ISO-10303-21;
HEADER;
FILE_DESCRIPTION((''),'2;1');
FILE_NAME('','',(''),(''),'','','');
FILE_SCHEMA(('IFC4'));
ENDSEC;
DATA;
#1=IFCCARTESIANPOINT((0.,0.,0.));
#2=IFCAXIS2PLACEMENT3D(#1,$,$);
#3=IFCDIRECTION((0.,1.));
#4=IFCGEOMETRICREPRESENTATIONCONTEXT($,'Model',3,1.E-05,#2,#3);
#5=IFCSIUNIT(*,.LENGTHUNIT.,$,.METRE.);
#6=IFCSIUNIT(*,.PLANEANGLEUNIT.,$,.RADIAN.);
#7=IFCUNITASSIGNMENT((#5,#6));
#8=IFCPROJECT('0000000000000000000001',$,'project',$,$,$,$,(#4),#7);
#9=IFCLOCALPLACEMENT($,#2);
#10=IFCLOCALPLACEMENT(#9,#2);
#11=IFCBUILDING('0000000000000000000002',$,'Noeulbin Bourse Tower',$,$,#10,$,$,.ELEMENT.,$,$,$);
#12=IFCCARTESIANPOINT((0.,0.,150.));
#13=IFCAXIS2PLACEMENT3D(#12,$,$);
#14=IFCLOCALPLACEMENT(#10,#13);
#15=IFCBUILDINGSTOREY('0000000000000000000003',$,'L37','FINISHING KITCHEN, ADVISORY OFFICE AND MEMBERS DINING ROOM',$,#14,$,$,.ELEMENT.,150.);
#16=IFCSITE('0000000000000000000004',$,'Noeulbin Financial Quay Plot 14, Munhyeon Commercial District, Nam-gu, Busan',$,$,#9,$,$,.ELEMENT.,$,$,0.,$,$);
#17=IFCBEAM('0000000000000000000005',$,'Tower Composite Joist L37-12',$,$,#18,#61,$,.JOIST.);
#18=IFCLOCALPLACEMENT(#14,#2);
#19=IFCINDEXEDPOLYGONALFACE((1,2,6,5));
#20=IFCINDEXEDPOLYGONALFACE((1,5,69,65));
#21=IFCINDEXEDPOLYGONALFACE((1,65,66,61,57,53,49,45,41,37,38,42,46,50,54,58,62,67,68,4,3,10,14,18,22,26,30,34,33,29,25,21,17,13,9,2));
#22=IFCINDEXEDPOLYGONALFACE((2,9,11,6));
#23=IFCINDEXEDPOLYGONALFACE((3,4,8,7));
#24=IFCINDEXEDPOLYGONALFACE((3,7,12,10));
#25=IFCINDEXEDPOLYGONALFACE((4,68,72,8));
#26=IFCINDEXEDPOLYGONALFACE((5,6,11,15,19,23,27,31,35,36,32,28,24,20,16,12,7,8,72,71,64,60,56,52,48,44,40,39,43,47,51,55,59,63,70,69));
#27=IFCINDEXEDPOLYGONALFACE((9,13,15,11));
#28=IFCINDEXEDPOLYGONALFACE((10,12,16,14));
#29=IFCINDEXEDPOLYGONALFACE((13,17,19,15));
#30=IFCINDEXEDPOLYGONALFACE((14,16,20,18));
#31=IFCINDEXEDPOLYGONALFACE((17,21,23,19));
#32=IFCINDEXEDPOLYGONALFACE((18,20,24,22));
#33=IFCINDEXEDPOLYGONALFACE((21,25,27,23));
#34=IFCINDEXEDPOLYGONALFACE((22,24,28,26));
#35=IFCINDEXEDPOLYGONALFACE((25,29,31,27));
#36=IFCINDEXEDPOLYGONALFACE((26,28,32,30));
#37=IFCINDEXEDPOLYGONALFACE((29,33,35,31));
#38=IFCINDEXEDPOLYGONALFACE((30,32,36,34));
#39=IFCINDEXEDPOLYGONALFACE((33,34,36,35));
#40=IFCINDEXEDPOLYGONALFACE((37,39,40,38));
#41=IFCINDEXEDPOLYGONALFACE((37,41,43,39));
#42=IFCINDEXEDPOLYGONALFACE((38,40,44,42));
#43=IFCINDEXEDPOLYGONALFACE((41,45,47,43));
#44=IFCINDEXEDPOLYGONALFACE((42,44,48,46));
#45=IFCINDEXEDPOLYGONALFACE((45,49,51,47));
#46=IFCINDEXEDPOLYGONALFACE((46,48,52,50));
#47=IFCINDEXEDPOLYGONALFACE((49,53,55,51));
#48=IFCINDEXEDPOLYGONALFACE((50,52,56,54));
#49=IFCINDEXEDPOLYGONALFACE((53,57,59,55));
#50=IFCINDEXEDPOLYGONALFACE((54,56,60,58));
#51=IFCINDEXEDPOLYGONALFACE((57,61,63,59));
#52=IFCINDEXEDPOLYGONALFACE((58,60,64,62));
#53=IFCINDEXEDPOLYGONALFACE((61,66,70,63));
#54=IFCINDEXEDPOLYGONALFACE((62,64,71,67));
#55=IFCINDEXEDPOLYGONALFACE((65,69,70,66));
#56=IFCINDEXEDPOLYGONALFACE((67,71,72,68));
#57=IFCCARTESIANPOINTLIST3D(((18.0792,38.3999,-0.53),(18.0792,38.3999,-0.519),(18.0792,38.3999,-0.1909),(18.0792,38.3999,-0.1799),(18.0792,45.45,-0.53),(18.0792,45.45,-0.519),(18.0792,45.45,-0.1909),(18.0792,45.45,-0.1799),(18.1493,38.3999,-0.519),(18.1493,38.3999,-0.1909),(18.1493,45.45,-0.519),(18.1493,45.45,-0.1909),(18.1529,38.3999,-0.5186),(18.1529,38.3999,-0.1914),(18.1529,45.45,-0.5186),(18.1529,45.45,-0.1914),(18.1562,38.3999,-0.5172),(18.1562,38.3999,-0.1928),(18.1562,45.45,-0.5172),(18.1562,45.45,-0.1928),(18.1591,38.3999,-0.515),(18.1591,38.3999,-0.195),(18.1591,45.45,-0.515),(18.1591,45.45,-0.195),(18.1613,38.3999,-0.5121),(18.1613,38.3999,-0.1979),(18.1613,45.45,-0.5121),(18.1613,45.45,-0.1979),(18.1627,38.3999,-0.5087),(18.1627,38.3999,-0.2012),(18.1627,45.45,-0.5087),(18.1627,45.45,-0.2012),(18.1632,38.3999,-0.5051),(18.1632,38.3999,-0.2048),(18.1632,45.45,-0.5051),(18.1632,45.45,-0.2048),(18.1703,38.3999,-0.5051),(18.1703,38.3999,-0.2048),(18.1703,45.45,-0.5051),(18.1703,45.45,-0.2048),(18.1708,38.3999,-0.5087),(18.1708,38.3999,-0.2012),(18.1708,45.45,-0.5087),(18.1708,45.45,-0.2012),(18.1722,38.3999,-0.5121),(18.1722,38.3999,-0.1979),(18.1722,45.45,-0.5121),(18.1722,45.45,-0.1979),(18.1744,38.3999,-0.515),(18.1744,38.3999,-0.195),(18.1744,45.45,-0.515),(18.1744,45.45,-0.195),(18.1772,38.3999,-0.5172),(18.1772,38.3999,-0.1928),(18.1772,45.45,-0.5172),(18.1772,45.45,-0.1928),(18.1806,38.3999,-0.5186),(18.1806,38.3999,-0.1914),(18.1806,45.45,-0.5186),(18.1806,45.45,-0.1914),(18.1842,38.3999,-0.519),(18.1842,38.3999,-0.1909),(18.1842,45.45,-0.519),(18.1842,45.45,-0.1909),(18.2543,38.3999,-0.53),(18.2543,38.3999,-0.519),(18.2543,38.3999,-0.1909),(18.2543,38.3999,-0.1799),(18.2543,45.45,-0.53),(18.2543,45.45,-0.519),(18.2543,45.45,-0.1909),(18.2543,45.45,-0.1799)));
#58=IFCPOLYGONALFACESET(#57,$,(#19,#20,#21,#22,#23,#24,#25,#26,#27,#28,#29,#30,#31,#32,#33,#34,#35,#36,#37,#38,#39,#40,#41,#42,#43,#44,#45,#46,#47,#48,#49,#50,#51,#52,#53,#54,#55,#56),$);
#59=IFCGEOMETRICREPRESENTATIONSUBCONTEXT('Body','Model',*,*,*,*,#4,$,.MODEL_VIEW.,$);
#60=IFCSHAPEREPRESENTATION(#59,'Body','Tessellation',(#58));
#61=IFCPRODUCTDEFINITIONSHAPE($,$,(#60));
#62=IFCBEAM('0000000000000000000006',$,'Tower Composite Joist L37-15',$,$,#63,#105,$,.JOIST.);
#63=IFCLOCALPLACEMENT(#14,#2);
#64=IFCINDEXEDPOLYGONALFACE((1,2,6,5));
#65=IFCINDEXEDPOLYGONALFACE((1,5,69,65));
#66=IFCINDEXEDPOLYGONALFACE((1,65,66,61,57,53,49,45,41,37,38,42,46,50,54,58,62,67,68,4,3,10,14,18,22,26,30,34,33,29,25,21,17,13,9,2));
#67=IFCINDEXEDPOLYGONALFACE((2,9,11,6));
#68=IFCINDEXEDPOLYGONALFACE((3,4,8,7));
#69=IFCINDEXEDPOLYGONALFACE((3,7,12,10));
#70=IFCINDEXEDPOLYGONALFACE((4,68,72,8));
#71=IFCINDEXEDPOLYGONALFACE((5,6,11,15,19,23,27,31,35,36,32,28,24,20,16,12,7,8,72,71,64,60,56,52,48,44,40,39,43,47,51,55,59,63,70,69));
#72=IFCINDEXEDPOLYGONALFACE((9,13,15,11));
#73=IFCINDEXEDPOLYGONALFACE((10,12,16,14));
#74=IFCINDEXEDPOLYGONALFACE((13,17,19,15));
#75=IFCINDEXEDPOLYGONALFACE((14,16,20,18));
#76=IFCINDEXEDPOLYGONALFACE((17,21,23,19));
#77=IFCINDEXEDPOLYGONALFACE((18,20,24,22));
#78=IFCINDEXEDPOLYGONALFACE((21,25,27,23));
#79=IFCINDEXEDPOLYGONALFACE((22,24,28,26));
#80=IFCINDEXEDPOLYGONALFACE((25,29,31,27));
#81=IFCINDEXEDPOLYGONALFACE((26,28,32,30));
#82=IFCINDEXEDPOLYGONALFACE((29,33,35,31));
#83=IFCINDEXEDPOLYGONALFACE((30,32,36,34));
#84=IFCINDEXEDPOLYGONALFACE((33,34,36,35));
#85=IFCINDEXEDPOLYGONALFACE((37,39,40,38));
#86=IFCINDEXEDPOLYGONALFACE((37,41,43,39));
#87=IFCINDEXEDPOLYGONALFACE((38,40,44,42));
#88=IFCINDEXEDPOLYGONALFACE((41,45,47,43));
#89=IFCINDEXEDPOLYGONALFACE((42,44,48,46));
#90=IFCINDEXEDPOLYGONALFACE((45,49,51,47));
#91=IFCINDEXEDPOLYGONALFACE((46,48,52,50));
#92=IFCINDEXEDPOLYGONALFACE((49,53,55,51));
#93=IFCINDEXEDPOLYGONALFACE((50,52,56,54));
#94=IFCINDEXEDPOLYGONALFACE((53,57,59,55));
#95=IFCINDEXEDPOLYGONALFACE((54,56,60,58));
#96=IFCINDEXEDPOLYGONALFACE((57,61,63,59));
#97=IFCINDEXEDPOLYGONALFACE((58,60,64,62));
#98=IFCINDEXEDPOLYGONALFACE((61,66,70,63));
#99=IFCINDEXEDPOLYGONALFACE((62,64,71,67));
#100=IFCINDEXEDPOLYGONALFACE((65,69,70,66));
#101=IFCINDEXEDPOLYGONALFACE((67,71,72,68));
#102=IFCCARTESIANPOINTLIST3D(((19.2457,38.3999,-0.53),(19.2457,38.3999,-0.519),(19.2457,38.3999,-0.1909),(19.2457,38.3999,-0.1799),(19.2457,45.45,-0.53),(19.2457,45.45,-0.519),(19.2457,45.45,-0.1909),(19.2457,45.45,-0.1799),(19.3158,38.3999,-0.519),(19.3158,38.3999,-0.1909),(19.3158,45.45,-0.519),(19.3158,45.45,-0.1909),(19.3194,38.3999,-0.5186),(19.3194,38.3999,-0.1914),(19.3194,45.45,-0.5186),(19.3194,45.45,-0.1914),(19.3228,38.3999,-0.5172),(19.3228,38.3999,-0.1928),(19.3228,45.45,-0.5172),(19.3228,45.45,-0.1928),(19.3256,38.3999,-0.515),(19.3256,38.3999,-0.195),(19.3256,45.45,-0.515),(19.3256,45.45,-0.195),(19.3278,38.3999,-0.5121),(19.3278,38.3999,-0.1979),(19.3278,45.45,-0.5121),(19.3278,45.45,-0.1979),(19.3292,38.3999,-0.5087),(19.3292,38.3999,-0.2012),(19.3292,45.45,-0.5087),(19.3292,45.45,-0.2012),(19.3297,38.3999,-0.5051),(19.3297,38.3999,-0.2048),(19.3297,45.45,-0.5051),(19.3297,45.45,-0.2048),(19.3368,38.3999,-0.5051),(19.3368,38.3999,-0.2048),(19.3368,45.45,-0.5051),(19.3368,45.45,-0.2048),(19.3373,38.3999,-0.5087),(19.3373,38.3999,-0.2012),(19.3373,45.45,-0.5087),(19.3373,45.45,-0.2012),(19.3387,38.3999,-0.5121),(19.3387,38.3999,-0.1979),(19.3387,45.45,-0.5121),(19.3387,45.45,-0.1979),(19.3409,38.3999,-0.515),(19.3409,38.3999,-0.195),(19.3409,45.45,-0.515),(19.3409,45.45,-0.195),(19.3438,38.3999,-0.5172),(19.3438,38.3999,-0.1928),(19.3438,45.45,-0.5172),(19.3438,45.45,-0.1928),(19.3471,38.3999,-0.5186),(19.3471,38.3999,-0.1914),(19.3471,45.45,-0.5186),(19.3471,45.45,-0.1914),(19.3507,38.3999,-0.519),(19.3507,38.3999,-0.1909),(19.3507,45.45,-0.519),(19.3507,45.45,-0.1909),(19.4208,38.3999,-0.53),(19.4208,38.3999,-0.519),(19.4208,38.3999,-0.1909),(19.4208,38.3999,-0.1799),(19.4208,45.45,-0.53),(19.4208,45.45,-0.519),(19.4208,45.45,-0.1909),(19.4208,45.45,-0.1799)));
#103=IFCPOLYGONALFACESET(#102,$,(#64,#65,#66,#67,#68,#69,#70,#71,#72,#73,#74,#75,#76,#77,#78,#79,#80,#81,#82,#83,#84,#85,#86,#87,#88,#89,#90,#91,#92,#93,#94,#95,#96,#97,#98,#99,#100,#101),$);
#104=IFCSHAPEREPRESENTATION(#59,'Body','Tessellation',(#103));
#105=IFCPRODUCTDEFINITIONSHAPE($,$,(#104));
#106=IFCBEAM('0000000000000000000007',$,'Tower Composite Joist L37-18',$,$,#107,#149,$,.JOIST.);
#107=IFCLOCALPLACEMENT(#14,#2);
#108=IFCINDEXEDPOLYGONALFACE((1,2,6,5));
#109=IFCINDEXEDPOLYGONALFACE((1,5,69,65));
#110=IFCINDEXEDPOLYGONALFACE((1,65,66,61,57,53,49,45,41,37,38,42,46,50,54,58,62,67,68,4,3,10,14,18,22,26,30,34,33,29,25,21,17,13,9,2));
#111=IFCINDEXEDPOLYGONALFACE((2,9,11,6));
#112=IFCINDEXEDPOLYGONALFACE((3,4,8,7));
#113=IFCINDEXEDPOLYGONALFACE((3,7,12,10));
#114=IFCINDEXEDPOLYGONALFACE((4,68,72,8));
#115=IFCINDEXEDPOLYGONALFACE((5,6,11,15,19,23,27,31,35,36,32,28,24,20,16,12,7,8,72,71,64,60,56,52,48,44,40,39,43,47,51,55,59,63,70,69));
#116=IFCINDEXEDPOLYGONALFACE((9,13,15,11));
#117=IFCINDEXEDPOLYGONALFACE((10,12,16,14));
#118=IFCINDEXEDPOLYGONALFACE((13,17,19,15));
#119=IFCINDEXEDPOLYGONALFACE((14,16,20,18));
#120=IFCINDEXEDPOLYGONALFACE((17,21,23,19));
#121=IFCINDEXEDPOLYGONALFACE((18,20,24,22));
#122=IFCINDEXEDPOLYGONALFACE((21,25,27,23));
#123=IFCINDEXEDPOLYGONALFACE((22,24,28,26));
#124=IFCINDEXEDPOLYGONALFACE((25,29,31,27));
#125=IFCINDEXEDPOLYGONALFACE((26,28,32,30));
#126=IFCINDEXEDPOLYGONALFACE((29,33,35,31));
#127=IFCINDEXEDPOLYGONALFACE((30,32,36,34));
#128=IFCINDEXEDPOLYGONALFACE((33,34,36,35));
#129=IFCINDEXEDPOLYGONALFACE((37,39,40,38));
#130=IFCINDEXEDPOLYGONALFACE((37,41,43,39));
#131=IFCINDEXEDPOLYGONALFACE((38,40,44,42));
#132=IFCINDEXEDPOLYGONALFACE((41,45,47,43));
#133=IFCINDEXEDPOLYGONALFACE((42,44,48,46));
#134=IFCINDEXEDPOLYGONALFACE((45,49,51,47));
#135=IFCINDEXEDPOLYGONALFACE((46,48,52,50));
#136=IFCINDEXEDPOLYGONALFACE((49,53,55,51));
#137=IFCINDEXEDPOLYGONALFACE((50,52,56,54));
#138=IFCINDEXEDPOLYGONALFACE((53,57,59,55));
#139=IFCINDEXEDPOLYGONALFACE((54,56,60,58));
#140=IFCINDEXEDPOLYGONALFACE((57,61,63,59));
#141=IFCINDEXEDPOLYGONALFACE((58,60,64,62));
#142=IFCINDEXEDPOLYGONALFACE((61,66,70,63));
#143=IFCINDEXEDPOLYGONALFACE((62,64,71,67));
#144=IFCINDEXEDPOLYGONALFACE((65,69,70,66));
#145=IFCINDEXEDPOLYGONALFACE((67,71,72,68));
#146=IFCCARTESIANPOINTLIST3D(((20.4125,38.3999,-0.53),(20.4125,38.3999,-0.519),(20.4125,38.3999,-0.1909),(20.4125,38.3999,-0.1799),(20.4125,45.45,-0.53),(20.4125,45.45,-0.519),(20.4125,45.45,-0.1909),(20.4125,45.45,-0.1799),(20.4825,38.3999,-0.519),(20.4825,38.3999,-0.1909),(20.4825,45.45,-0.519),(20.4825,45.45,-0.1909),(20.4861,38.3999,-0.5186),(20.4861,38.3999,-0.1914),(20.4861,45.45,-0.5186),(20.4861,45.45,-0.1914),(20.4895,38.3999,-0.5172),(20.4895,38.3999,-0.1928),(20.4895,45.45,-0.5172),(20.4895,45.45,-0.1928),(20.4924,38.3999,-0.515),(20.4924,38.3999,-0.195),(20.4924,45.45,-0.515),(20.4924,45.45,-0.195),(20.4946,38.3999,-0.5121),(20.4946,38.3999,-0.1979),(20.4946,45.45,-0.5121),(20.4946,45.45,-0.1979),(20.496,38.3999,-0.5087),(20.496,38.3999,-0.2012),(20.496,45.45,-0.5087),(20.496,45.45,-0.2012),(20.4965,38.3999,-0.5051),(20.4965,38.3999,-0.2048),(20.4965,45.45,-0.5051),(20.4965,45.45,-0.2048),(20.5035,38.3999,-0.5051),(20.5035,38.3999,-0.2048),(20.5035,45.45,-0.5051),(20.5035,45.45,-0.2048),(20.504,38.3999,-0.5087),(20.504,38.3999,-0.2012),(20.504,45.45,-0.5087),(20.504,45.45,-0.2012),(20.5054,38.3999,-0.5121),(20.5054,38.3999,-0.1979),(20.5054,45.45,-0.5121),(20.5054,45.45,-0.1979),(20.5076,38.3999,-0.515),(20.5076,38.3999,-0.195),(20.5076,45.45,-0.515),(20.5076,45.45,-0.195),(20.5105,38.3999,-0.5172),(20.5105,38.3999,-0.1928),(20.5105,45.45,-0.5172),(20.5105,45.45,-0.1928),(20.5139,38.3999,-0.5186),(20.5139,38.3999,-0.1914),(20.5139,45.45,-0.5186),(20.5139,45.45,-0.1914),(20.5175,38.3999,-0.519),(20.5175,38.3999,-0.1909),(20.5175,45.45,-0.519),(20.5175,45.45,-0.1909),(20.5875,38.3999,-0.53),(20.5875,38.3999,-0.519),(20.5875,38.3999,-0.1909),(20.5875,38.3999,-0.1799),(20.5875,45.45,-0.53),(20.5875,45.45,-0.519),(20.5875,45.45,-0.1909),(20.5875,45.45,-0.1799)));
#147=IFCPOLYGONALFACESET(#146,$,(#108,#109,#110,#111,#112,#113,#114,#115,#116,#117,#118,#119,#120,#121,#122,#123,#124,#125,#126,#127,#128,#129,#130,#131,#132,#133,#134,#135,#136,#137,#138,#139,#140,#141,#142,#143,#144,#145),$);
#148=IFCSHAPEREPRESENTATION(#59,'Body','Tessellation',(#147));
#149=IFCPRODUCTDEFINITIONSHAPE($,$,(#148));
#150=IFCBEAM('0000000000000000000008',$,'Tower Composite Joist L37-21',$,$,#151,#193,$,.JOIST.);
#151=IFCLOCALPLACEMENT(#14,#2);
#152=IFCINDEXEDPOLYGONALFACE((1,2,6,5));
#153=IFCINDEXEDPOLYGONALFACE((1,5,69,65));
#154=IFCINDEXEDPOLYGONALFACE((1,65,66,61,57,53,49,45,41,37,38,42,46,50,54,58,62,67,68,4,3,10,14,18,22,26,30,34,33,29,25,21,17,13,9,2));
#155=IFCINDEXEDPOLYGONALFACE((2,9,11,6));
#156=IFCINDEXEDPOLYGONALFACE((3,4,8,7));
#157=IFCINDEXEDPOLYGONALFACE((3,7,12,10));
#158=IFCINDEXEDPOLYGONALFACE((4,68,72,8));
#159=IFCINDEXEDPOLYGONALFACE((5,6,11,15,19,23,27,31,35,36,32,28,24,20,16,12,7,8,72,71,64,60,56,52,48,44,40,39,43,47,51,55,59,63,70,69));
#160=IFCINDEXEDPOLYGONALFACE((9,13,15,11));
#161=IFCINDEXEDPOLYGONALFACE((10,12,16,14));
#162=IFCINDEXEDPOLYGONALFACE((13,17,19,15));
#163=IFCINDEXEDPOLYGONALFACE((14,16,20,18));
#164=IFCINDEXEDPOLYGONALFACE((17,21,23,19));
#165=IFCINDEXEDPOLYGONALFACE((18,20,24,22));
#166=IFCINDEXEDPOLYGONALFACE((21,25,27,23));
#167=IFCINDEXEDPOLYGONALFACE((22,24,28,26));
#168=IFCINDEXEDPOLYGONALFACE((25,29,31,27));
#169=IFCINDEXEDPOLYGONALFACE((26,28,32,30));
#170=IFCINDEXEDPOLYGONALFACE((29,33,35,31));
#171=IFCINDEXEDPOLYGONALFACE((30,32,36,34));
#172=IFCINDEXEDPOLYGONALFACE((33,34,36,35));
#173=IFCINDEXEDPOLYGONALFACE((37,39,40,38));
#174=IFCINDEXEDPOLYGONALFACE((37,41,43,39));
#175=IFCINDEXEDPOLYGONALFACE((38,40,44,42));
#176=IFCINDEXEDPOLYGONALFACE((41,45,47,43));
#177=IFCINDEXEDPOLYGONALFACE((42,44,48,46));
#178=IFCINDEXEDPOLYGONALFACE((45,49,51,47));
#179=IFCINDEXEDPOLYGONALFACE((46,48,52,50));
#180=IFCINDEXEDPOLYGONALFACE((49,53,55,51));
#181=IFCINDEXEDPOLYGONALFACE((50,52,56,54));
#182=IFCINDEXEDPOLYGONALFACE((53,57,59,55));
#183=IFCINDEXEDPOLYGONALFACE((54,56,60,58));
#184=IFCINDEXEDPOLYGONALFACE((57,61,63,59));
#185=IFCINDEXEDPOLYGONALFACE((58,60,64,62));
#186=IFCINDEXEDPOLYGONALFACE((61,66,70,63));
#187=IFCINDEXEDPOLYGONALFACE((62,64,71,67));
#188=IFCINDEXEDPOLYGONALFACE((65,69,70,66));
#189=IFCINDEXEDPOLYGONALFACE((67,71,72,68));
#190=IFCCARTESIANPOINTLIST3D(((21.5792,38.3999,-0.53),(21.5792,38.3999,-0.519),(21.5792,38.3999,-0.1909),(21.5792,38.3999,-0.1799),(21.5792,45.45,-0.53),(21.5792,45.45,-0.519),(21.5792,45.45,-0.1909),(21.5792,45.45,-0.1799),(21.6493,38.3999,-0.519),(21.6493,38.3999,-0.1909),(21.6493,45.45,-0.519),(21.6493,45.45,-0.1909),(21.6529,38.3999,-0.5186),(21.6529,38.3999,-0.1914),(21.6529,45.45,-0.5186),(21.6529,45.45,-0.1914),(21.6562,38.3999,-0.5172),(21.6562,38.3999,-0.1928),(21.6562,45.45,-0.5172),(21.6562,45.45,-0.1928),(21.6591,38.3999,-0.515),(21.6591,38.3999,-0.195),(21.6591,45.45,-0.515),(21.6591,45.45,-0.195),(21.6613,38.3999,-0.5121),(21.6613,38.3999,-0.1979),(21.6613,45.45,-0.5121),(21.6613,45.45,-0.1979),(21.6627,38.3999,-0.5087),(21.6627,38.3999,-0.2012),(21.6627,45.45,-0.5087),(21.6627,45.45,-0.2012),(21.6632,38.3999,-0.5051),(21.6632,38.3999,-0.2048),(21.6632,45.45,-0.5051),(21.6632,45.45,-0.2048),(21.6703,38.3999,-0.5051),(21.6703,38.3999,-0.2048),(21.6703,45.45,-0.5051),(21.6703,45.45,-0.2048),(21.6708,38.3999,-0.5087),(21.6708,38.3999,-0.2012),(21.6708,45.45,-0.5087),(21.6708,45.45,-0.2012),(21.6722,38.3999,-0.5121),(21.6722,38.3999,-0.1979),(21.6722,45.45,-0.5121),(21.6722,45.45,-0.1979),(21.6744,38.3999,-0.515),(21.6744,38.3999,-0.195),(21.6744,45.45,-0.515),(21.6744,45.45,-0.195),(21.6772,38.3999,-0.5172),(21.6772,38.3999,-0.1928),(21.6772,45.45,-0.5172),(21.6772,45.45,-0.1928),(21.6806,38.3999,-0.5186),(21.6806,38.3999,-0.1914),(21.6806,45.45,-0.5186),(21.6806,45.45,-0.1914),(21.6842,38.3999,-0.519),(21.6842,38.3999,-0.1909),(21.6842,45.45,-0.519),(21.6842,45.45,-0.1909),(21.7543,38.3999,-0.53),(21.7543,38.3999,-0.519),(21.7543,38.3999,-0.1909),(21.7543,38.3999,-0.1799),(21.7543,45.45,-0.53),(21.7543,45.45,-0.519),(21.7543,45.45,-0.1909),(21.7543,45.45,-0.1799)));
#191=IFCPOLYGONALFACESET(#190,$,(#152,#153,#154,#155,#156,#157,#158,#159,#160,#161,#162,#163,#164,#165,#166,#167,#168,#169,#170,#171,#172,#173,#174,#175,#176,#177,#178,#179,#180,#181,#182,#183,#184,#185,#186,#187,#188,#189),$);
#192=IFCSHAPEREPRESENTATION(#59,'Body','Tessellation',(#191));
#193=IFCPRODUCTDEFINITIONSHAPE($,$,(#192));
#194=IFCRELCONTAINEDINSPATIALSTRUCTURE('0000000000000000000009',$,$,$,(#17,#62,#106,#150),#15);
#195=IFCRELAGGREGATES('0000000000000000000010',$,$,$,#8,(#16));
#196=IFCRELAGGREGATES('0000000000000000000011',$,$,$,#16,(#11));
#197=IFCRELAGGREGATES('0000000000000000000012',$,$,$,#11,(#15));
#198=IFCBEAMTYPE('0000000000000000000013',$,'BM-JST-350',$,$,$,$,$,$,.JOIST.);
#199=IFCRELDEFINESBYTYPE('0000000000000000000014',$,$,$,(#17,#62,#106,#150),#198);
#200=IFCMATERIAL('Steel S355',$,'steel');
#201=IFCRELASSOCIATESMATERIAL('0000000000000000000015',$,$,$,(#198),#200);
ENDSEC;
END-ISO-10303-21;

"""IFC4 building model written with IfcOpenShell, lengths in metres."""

from ifc_helpers import new_model, si_unit, direction, frame, origin, origin_2d, place, context, subcontext, project, spatial, i_section, extrude, material, material_profile, profile_set, type_object, element, save


model = new_model("IFC4")

# Units and contexts
model_context = context("Model", 3, precision=1e-05, world=origin(), true_north=direction((0.0, 1.0)))
body_context = subcontext(model_context, "Body", "Model", "MODEL_VIEW")
ifc_project = project(units=[si_unit("LENGTHUNIT", "METRE"), si_unit("PLANEANGLEUNIT", "RADIAN")], contexts=[model_context])

# Site, building, storey
site_placement = place(None, origin())
site = spatial("IfcSite", under=ifc_project, at=site_placement, Name="Noeulbin Financial Quay Plot 14, Munhyeon Commercial District, Nam-gu, Busan", CompositionType="ELEMENT", RefElevation=0.0)
building_placement = place(site_placement, origin())
building = spatial("IfcBuilding", under=site, at=building_placement, Name="Noeulbin Bourse Tower", CompositionType="ELEMENT")
storey_placement = place(building_placement, frame((0.0, 0.0, 150.0)))
storey = spatial("IfcBuildingStorey", under=building, at=storey_placement, Name="L37", Description="FINISHING KITCHEN, ADVISORY OFFICE AND MEMBERS DINING ROOM", CompositionType="ELEMENT", Elevation=150.0)

# Shared definitions
ifc_material_1 = material(Name="Steel S355", Category="steel")

# Beams
ifc_material_profile_1 = material_profile(ifc_material_1, i_section(OverallWidth=0.175, OverallDepth=0.3501, WebThickness=0.0071, FlangeThickness=0.011, FilletRadius=0.0139, at=origin_2d()), Name="H-350x175x7x11", Category="LoadBearing")
ifc_profile_set_1 = profile_set([ifc_material_profile_1], Name="Steel S355")
beam_type_1 = type_object("IfcBeamType", Name="BM-JST-350", PredefinedType="JOIST", material=ifc_profile_set_1)
for number, where, z_axis, x_axis, name in (
    (1, (18.1667, 38.3999, -0.355), (0.0, 1.0, 0.0), (-1.0, 0.0, 0.0), "Tower Composite Joist L37-12"),
    (2, (19.3333, 38.3999, -0.355), (0.0, 1.0, 0.0), (-1.0, 0.0, 0.0), "Tower Composite Joist L37-15"),
    (3, (20.5, 38.3999, -0.355), (0.0, 1.0, 0.0), (-1.0, 0.0, 0.0), "Tower Composite Joist L37-18"),
    (4, (21.6667, 38.3999, -0.355), (0.0, 1.0, 0.0), (-1.0, 0.0, 0.0), "Tower Composite Joist L37-21"),
):
    element("IfcBeam", number, at=place(storey_placement, frame(where, z_axis=z_axis, x_axis=x_axis)), inside=storey, type_object=beam_type_1, Name=name, PredefinedType="JOIST", context=body_context, shape_type="SweptSolid", body=[
        extrude(i_section(OverallWidth=0.175, OverallDepth=0.3501, WebThickness=0.0071, FlangeThickness=0.011, FilletRadius=0.0139, at=origin_2d()), origin(), (0.0, 0.0, 1.0), 7.05),
    ])

save(model, "model.ifc")
